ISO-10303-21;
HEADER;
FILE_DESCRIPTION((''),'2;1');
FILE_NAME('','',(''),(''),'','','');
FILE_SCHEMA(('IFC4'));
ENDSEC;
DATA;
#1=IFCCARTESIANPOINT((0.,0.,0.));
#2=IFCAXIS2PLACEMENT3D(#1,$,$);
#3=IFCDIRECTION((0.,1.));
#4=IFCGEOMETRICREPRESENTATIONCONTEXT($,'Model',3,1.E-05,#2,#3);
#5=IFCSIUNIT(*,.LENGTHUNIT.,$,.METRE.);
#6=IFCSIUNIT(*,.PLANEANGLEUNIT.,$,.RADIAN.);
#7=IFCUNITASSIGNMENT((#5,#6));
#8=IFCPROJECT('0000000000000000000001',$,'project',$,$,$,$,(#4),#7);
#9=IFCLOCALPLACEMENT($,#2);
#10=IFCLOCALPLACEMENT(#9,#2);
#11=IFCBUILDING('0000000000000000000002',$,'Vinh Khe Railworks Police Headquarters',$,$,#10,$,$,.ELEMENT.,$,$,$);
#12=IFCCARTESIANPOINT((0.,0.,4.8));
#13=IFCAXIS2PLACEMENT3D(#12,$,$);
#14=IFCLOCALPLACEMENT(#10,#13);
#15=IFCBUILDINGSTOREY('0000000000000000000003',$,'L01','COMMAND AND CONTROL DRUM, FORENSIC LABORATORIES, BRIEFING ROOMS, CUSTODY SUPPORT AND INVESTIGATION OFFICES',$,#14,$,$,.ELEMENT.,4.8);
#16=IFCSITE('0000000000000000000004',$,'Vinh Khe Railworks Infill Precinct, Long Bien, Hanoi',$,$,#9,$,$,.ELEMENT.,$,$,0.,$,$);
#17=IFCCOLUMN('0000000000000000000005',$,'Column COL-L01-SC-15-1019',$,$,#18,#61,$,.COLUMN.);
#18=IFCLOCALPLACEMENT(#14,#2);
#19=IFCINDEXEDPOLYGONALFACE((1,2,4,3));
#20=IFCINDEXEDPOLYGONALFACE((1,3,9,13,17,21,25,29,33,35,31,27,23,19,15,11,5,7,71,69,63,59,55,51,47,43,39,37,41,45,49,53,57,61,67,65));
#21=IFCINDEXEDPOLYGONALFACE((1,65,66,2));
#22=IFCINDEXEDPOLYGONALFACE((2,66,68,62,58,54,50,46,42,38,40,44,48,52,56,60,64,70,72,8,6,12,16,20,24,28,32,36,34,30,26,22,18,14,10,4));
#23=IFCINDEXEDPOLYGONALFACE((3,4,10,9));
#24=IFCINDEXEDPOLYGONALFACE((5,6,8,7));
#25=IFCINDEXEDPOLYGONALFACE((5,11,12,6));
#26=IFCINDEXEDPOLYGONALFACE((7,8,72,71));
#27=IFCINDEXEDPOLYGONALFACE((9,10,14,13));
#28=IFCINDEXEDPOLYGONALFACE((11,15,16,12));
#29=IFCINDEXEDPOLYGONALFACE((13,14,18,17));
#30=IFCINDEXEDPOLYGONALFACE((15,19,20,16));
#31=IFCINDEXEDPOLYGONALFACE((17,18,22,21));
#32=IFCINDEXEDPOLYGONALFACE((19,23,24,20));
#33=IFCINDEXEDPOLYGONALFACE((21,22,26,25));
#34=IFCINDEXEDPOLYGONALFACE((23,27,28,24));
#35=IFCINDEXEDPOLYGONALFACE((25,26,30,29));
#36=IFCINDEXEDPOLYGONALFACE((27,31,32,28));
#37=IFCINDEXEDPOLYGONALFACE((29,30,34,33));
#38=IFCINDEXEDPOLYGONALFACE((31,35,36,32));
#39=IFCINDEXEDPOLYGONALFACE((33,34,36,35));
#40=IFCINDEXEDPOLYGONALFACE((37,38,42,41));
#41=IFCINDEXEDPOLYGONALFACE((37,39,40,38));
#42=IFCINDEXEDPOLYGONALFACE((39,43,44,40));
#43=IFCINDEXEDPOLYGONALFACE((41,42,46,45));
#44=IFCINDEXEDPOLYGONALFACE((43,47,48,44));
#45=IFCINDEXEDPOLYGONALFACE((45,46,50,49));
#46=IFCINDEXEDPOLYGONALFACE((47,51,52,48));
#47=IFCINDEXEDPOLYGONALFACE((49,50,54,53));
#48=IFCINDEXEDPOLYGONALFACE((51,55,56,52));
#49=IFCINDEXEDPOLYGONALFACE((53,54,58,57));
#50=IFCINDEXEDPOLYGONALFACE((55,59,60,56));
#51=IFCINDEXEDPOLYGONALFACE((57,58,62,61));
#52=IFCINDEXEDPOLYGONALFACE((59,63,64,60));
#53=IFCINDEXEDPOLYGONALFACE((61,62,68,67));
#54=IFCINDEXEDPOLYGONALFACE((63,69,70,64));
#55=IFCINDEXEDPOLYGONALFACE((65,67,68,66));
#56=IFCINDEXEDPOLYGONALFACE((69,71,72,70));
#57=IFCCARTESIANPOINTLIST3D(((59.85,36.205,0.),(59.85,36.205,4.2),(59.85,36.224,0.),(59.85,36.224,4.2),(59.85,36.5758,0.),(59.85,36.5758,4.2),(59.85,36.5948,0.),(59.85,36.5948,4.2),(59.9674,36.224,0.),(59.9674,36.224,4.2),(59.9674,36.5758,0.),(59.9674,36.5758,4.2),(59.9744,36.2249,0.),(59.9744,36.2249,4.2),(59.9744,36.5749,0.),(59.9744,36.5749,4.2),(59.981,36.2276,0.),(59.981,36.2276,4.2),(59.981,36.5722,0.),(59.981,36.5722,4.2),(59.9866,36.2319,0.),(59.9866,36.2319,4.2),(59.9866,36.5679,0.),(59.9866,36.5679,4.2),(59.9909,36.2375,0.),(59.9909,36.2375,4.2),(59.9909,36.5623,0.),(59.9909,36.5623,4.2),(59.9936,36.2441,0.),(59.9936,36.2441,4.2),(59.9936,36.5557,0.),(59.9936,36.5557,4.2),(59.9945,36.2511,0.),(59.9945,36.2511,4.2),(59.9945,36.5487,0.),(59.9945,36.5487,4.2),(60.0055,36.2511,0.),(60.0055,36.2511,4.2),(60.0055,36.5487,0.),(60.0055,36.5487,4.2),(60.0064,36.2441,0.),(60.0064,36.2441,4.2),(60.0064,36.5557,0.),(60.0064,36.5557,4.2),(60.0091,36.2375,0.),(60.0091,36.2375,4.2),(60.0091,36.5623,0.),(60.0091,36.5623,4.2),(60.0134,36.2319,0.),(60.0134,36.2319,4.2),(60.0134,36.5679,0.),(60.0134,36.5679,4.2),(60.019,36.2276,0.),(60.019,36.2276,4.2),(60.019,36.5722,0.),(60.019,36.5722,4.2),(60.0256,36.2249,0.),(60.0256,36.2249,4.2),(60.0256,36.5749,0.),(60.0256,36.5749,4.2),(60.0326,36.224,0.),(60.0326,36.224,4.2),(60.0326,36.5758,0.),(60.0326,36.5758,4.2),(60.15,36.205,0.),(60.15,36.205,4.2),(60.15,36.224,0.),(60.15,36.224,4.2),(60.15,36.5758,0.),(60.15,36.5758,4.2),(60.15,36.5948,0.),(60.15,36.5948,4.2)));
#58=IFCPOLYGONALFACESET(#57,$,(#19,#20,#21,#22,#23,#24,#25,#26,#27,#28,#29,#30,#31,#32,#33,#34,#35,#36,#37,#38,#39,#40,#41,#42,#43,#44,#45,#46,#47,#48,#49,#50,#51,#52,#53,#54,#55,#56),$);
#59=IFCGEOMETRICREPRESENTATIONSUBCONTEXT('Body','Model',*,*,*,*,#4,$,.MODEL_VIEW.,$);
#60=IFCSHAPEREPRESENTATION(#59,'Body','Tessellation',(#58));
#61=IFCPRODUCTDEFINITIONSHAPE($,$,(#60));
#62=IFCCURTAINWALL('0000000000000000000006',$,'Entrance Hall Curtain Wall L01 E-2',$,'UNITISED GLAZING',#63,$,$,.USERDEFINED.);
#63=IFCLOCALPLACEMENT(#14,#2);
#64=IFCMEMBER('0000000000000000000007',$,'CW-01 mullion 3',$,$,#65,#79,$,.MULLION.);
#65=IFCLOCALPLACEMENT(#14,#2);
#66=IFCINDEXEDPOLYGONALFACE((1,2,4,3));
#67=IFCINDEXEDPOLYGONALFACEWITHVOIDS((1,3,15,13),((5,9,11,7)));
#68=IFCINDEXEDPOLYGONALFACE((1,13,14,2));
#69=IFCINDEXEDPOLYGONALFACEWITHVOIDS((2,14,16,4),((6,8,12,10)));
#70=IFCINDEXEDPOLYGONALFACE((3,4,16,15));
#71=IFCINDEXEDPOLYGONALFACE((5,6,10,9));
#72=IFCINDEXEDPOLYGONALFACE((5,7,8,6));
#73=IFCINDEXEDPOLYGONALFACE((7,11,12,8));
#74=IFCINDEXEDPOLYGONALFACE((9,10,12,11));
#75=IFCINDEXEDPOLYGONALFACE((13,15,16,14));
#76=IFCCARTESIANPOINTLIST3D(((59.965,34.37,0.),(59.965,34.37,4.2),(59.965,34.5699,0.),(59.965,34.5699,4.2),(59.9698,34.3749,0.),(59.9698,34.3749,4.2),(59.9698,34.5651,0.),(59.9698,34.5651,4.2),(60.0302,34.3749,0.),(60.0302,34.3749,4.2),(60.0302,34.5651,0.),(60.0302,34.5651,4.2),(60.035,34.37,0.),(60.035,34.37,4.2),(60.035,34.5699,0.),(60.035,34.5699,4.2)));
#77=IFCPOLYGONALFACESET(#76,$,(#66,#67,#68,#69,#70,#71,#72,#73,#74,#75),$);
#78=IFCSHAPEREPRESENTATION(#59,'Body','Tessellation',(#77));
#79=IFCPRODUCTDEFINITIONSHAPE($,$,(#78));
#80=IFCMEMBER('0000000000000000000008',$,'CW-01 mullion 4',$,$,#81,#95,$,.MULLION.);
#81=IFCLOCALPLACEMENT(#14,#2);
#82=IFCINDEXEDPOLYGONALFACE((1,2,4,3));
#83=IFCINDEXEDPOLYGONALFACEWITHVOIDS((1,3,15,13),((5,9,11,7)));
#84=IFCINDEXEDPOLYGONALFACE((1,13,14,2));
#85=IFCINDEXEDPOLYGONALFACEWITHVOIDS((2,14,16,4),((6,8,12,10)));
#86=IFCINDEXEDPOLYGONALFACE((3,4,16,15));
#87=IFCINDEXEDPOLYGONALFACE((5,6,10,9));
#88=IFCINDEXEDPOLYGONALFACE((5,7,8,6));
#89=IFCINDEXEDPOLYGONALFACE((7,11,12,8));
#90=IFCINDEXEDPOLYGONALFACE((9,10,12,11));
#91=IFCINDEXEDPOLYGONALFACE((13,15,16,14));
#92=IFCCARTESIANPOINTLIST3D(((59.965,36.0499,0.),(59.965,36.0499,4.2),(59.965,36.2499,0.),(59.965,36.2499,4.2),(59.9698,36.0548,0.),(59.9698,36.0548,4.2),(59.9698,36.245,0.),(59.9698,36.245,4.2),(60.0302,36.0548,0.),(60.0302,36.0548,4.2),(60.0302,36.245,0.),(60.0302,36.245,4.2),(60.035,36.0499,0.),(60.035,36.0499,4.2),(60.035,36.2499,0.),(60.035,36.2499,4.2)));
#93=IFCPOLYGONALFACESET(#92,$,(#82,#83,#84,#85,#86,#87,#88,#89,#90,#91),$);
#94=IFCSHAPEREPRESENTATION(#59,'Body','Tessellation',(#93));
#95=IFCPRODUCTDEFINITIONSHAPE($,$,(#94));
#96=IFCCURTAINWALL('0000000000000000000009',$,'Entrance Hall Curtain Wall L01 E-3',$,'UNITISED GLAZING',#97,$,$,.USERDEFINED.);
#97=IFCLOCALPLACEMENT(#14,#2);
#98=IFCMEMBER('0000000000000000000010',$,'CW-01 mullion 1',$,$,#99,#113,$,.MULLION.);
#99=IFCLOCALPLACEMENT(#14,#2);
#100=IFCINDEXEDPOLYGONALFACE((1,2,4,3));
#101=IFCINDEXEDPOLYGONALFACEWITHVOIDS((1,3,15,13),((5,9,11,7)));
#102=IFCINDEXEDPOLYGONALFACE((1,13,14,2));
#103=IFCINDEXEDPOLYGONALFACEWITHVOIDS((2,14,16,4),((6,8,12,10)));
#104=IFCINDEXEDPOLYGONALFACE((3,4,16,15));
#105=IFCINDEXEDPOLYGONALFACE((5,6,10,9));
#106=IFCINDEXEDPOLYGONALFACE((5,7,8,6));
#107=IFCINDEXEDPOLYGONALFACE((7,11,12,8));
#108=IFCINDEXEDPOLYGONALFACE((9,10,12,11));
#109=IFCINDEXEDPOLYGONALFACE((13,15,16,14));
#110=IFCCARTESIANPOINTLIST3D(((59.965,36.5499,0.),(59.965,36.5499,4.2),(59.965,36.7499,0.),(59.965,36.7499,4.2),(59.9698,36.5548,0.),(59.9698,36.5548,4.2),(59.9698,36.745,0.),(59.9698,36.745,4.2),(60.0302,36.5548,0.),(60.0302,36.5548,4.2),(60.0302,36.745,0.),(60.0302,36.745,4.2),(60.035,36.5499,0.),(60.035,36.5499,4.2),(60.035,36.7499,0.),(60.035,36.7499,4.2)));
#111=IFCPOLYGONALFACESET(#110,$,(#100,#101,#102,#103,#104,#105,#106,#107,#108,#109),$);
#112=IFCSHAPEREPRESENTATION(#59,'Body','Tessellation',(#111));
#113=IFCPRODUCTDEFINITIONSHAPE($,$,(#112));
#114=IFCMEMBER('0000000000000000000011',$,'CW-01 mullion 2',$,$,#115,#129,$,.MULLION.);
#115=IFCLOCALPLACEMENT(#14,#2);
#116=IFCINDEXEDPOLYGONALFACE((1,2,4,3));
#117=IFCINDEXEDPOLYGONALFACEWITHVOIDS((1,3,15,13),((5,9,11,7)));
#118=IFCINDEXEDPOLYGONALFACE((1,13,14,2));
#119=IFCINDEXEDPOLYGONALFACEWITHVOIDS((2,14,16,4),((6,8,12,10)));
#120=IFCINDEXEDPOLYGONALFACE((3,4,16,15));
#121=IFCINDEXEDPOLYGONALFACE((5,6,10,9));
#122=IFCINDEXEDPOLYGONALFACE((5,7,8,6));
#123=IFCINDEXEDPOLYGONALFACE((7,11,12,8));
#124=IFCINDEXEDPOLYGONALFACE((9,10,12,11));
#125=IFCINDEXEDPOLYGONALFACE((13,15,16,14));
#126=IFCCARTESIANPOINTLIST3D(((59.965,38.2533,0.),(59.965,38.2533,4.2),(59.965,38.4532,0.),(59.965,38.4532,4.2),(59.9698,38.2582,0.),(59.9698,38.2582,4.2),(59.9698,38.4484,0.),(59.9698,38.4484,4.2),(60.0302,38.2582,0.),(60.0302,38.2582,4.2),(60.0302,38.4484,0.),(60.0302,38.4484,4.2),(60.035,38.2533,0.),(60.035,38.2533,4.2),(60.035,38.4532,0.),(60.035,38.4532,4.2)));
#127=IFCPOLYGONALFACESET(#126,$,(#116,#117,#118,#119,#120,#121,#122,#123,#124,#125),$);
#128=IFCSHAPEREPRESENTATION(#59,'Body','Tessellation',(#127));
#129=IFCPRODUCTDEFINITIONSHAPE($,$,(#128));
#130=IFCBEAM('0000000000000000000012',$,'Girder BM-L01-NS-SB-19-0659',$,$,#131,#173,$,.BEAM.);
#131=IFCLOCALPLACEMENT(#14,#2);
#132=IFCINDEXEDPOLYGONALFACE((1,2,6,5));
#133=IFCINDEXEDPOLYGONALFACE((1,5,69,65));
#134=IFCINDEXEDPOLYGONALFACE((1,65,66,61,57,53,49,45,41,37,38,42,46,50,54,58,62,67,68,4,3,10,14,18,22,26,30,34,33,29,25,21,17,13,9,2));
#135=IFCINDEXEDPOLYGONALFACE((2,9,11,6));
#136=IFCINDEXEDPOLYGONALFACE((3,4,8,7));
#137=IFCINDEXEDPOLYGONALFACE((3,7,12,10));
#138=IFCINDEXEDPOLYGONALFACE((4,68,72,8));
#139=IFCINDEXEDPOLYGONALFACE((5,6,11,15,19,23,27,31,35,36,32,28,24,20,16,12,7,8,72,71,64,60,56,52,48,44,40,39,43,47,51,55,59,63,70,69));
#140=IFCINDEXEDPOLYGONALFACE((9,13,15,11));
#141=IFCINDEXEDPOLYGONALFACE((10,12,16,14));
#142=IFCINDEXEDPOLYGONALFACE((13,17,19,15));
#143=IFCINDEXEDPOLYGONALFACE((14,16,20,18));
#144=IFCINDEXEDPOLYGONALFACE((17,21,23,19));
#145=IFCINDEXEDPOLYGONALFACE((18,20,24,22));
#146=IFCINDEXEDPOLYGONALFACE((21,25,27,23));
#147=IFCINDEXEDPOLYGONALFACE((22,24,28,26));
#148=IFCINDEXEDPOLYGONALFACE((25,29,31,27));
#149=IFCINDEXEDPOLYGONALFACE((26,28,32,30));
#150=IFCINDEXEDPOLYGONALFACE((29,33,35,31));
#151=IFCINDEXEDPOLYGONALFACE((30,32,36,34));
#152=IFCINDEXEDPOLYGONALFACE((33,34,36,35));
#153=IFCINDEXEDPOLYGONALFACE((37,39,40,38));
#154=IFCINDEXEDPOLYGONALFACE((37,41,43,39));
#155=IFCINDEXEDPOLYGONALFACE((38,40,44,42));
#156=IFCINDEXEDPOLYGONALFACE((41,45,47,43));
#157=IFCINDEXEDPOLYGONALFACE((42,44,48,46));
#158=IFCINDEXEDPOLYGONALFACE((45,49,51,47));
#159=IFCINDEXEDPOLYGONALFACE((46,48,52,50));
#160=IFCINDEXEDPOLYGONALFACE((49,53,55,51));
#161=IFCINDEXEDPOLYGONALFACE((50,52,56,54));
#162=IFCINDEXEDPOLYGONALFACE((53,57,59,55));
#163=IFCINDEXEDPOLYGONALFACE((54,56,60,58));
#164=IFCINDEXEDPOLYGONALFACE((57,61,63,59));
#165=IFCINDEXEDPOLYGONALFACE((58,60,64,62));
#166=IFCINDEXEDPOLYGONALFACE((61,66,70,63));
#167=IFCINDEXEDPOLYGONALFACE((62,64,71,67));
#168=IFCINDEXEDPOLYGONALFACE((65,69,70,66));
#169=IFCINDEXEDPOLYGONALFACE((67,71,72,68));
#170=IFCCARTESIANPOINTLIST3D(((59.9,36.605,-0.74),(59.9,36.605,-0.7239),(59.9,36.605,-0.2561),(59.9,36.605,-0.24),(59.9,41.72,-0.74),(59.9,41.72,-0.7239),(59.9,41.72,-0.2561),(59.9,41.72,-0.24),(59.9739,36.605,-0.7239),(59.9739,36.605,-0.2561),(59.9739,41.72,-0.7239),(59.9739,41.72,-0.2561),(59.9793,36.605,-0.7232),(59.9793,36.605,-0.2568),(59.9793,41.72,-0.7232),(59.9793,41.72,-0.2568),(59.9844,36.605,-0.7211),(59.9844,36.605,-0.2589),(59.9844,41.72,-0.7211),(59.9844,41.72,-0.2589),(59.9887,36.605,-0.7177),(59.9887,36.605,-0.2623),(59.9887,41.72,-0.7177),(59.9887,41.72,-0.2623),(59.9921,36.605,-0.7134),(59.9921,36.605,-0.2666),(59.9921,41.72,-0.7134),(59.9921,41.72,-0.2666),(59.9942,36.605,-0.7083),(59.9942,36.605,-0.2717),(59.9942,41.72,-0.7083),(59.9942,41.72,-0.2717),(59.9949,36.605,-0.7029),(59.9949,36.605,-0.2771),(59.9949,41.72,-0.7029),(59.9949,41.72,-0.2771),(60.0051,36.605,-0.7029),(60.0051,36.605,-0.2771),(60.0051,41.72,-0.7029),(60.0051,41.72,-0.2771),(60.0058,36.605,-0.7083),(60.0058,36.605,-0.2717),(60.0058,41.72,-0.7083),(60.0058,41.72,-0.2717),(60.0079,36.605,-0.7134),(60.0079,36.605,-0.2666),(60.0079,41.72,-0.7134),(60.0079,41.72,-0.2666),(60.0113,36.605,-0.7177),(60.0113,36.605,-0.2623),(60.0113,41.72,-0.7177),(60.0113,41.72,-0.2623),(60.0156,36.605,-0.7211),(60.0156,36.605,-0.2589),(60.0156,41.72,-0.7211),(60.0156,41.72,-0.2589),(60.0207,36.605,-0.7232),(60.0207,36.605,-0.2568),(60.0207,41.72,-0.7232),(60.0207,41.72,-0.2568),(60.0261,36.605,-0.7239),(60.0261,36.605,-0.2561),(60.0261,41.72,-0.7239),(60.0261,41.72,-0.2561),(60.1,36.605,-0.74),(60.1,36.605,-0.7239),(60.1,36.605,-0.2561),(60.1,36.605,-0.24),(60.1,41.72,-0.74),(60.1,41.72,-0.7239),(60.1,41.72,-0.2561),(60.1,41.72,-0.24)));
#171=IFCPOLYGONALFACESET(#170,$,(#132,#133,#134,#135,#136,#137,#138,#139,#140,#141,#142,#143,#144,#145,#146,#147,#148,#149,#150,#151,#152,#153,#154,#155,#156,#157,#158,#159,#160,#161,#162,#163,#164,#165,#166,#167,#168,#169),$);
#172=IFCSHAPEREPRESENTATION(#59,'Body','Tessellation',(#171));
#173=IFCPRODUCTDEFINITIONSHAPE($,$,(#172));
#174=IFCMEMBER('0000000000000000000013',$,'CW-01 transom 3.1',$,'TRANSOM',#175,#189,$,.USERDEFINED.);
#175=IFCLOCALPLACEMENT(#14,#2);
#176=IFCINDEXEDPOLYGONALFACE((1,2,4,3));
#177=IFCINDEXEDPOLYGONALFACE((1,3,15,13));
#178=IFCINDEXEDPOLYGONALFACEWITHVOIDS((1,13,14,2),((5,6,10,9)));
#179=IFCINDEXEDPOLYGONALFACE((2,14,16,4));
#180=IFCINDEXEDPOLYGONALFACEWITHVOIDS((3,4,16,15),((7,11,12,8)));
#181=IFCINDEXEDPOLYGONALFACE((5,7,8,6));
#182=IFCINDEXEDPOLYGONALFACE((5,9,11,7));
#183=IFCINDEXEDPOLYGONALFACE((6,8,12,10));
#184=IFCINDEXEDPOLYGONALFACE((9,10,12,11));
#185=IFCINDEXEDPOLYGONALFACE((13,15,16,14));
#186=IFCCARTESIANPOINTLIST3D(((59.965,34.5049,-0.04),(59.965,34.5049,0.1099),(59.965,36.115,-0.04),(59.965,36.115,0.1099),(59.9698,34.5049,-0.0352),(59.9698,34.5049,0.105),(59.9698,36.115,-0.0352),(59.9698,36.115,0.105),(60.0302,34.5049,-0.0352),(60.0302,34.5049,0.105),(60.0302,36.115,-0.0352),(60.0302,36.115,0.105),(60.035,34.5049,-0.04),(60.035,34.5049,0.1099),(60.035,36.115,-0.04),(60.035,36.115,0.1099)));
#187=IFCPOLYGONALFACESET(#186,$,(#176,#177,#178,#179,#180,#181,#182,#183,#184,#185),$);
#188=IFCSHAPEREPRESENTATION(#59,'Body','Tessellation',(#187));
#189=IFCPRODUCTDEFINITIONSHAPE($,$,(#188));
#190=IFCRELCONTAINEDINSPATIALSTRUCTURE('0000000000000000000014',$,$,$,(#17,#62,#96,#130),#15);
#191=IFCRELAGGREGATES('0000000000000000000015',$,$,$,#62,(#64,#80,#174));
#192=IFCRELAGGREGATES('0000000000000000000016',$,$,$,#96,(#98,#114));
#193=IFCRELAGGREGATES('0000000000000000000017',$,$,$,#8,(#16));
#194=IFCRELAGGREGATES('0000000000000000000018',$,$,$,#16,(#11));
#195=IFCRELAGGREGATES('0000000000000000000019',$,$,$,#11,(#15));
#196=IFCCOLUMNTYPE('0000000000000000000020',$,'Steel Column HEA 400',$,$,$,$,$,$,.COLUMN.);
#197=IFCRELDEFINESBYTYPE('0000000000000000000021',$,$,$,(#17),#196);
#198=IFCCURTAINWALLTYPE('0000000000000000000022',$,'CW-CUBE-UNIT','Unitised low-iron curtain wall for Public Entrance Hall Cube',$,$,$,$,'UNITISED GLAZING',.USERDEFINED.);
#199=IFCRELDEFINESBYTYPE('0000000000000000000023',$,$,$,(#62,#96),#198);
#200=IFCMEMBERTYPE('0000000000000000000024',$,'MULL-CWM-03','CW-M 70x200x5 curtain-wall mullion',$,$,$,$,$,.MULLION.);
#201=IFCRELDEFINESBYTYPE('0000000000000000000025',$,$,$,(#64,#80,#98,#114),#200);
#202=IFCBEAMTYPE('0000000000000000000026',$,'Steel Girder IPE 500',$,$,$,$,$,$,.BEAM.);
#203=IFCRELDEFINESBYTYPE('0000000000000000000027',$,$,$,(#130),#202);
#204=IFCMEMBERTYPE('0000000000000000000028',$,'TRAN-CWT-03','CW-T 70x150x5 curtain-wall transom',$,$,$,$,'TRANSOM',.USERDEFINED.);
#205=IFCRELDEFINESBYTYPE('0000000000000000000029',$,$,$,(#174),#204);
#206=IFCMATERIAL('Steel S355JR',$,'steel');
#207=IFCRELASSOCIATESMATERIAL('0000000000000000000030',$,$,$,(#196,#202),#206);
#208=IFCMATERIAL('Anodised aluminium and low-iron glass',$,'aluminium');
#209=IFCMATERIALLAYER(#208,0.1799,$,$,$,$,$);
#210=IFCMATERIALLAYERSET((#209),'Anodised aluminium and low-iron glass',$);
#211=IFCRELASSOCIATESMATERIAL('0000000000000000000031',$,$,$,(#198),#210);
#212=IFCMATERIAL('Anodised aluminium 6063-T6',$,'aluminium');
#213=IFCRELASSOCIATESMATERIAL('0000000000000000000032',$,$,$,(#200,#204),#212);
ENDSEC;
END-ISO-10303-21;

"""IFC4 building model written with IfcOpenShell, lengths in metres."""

from ifc_helpers import new_model, si_unit, direction, frame, origin, origin_2d, place, context, subcontext, project, spatial, hollow_rectangle, i_section, extrude, material, layer, layer_set, material_profile, profile_set, type_object, element, aggregate, save


model = new_model("IFC4")

# Units and contexts
model_context = context("Model", 3, precision=1e-05, world=origin(), true_north=direction((0.0, 1.0)))
body_context = subcontext(model_context, "Body", "Model", "MODEL_VIEW")
ifc_project = project(units=[si_unit("LENGTHUNIT", "METRE"), si_unit("PLANEANGLEUNIT", "RADIAN")], contexts=[model_context])

# Site, building, storey
site_placement = place(None, origin())
site = spatial("IfcSite", under=ifc_project, at=site_placement, Name="Vinh Khe Railworks Infill Precinct, Long Bien, Hanoi", CompositionType="ELEMENT", RefElevation=0.0)
building_placement = place(site_placement, origin())
building = spatial("IfcBuilding", under=site, at=building_placement, Name="Vinh Khe Railworks Police Headquarters", CompositionType="ELEMENT")
storey_placement = place(building_placement, frame((0.0, 0.0, 4.8)))
storey = spatial("IfcBuildingStorey", under=building, at=storey_placement, Name="L01", Description="COMMAND AND CONTROL DRUM, FORENSIC LABORATORIES, BRIEFING ROOMS, CUSTODY SUPPORT AND INVESTIGATION OFFICES", CompositionType="ELEMENT", Elevation=4.8)

# Column
ifc_material_1 = material(Name="Steel S355JR", Category="steel")
ifc_material_profile_1 = material_profile(ifc_material_1, i_section(OverallWidth=0.3, OverallDepth=0.3899, WebThickness=0.011, FlangeThickness=0.019, FilletRadius=0.0271, at=origin_2d()), Name="HEA 400")
ifc_profile_set_1 = profile_set([ifc_material_profile_1], Name="Steel S355JR")
column_type = type_object("IfcColumnType", Name="Steel Column HEA 400", PredefinedType="COLUMN", material=ifc_profile_set_1)
column_placement = place(storey_placement, frame((60.0, 36.3999, 0.0), z_axis=(0.0, 0.0, 1.0), x_axis=(1.0, 0.0, 0.0)))
element("IfcColumn", 1, at=column_placement, inside=storey, type_object=column_type, Name="Column COL-L01-SC-15-1019", PredefinedType="COLUMN", context=body_context, shape_type="SweptSolid", body=[
    extrude(i_section(OverallWidth=0.3, OverallDepth=0.3899, WebThickness=0.011, FlangeThickness=0.019, FilletRadius=0.0271, at=origin_2d()), origin(), (0.0, 0.0, 1.0), 4.2),
])

# Curtain walls, members
ifc_material_2 = material(Name="Anodised aluminium and low-iron glass", Category="aluminium")
ifc_layer_1 = layer(ifc_material_2, 0.1799)
ifc_layer_set_1 = layer_set([ifc_layer_1], Name="Anodised aluminium and low-iron glass")
curtain_wall_type = type_object("IfcCurtainWallType", Name="CW-CUBE-UNIT", Description="Unitised low-iron curtain wall for Public Entrance Hall Cube", ElementType="UNITISED GLAZING", PredefinedType="USERDEFINED", material=ifc_layer_set_1)
curtain_wall_1_placement = place(storey_placement, origin())
curtain_wall_1 = element("IfcCurtainWall", 2, at=curtain_wall_1_placement, inside=storey, type_object=curtain_wall_type, Name="Entrance Hall Curtain Wall L01 E-2", ObjectType="UNITISED GLAZING", PredefinedType="USERDEFINED")
ifc_material_3 = material(Name="Anodised aluminium 6063-T6", Category="aluminium")
ifc_material_profile_2 = material_profile(ifc_material_3, hollow_rectangle(XDim=0.0701, YDim=0.2, WallThickness=0.0049, at=origin_2d()), Name="CW-M 70x200x5")
ifc_profile_set_2 = profile_set([ifc_material_profile_2], Name="Anodised aluminium 6063-T6")
member_type_1 = type_object("IfcMemberType", Name="MULL-CWM-03", Description="CW-M 70x200x5 curtain-wall mullion", PredefinedType="MULLION", material=ifc_profile_set_2)
member_1_placement = place(storey_placement, frame((60.0, 34.47, 0.0), z_axis=(0.0, 0.0, 1.0), x_axis=(-1.0, 0.0, 0.0)))
member_1 = element("IfcMember", 3, at=member_1_placement, type_object=member_type_1, Name="CW-01 mullion 3", PredefinedType="MULLION", context=body_context, shape_type="SweptSolid", body=[
    extrude(hollow_rectangle(XDim=0.0701, YDim=0.2, WallThickness=0.0049, at=origin_2d()), origin(), (0.0, 0.0, 1.0), 4.2),
])
member_2_placement = place(storey_placement, frame((60.0, 36.1499, 0.0), z_axis=(0.0, 0.0, 1.0), x_axis=(-1.0, 0.0, 0.0)))
member_2 = element("IfcMember", 4, at=member_2_placement, type_object=member_type_1, Name="CW-01 mullion 4", PredefinedType="MULLION", context=body_context, shape_type="SweptSolid", body=[
    extrude(hollow_rectangle(XDim=0.0701, YDim=0.2, WallThickness=0.0049, at=origin_2d()), origin(), (0.0, 0.0, 1.0), 4.2),
])
curtain_wall_2_placement = place(storey_placement, origin())
curtain_wall_2 = element("IfcCurtainWall", 5, at=curtain_wall_2_placement, inside=storey, type_object=curtain_wall_type, Name="Entrance Hall Curtain Wall L01 E-3", ObjectType="UNITISED GLAZING", PredefinedType="USERDEFINED")
member_3_placement = place(storey_placement, frame((60.0, 36.6499, 0.0), z_axis=(0.0, 0.0, 1.0), x_axis=(-1.0, 0.0, 0.0)))
member_3 = element("IfcMember", 6, at=member_3_placement, type_object=member_type_1, Name="CW-01 mullion 1", PredefinedType="MULLION", context=body_context, shape_type="SweptSolid", body=[
    extrude(hollow_rectangle(XDim=0.0701, YDim=0.2, WallThickness=0.0049, at=origin_2d()), origin(), (0.0, 0.0, 1.0), 4.2),
])
member_4_placement = place(storey_placement, frame((60.0, 38.3533, 0.0), z_axis=(0.0, 0.0, 1.0), x_axis=(-1.0, 0.0, 0.0)))
member_4 = element("IfcMember", 7, at=member_4_placement, type_object=member_type_1, Name="CW-01 mullion 2", PredefinedType="MULLION", context=body_context, shape_type="SweptSolid", body=[
    extrude(hollow_rectangle(XDim=0.0701, YDim=0.2, WallThickness=0.0049, at=origin_2d()), origin(), (0.0, 0.0, 1.0), 4.2),
])

# Beam
ifc_material_profile_3 = material_profile(ifc_material_1, i_section(OverallWidth=0.2, OverallDepth=0.5, WebThickness=0.0103, FlangeThickness=0.0161, FilletRadius=0.021, at=origin_2d()), Name="IPE 500")
ifc_profile_set_3 = profile_set([ifc_material_profile_3], Name="Steel S355JR")
beam_type = type_object("IfcBeamType", Name="Steel Girder IPE 500", PredefinedType="BEAM", material=ifc_profile_set_3)
beam_placement = place(storey_placement, frame((60.0, 36.605, -0.49), z_axis=(0.0, 1.0, 0.0), x_axis=(-1.0, 0.0, 0.0)))
element("IfcBeam", 8, at=beam_placement, inside=storey, type_object=beam_type, Name="Girder BM-L01-NS-SB-19-0659", PredefinedType="BEAM", context=body_context, shape_type="SweptSolid", body=[
    extrude(i_section(OverallWidth=0.2, OverallDepth=0.5, WebThickness=0.0103, FlangeThickness=0.0161, FilletRadius=0.021, at=origin_2d()), origin(), (0.0, 0.0, 1.0), 5.115),
])

# Member
ifc_material_profile_4 = material_profile(ifc_material_3, hollow_rectangle(XDim=0.0701, YDim=0.1499, WallThickness=0.0049, at=origin_2d()), Name="CW-T 70x150x5")
ifc_profile_set_4 = profile_set([ifc_material_profile_4], Name="Anodised aluminium 6063-T6")
member_type_2 = type_object("IfcMemberType", Name="TRAN-CWT-03", Description="CW-T 70x150x5 curtain-wall transom", ElementType="TRANSOM", PredefinedType="USERDEFINED", material=ifc_profile_set_4)
member_5_placement = place(storey_placement, frame((60.0, 34.5049, 0.0349), z_axis=(0.0, 1.0, 0.0), x_axis=(-1.0, 0.0, 0.0)))
member_5 = element("IfcMember", 9, at=member_5_placement, type_object=member_type_2, Name="CW-01 transom 3.1", ObjectType="TRANSOM", PredefinedType="USERDEFINED", context=body_context, shape_type="SweptSolid", body=[
    extrude(hollow_rectangle(XDim=0.0701, YDim=0.1499, WallThickness=0.0049, at=origin_2d()), origin(), (0.0, 0.0, 1.0), 1.6101),
])

aggregate(curtain_wall_1, [member_1, member_2, member_5])
aggregate(curtain_wall_2, [member_3, member_4])

save(model, "model.ifc")
